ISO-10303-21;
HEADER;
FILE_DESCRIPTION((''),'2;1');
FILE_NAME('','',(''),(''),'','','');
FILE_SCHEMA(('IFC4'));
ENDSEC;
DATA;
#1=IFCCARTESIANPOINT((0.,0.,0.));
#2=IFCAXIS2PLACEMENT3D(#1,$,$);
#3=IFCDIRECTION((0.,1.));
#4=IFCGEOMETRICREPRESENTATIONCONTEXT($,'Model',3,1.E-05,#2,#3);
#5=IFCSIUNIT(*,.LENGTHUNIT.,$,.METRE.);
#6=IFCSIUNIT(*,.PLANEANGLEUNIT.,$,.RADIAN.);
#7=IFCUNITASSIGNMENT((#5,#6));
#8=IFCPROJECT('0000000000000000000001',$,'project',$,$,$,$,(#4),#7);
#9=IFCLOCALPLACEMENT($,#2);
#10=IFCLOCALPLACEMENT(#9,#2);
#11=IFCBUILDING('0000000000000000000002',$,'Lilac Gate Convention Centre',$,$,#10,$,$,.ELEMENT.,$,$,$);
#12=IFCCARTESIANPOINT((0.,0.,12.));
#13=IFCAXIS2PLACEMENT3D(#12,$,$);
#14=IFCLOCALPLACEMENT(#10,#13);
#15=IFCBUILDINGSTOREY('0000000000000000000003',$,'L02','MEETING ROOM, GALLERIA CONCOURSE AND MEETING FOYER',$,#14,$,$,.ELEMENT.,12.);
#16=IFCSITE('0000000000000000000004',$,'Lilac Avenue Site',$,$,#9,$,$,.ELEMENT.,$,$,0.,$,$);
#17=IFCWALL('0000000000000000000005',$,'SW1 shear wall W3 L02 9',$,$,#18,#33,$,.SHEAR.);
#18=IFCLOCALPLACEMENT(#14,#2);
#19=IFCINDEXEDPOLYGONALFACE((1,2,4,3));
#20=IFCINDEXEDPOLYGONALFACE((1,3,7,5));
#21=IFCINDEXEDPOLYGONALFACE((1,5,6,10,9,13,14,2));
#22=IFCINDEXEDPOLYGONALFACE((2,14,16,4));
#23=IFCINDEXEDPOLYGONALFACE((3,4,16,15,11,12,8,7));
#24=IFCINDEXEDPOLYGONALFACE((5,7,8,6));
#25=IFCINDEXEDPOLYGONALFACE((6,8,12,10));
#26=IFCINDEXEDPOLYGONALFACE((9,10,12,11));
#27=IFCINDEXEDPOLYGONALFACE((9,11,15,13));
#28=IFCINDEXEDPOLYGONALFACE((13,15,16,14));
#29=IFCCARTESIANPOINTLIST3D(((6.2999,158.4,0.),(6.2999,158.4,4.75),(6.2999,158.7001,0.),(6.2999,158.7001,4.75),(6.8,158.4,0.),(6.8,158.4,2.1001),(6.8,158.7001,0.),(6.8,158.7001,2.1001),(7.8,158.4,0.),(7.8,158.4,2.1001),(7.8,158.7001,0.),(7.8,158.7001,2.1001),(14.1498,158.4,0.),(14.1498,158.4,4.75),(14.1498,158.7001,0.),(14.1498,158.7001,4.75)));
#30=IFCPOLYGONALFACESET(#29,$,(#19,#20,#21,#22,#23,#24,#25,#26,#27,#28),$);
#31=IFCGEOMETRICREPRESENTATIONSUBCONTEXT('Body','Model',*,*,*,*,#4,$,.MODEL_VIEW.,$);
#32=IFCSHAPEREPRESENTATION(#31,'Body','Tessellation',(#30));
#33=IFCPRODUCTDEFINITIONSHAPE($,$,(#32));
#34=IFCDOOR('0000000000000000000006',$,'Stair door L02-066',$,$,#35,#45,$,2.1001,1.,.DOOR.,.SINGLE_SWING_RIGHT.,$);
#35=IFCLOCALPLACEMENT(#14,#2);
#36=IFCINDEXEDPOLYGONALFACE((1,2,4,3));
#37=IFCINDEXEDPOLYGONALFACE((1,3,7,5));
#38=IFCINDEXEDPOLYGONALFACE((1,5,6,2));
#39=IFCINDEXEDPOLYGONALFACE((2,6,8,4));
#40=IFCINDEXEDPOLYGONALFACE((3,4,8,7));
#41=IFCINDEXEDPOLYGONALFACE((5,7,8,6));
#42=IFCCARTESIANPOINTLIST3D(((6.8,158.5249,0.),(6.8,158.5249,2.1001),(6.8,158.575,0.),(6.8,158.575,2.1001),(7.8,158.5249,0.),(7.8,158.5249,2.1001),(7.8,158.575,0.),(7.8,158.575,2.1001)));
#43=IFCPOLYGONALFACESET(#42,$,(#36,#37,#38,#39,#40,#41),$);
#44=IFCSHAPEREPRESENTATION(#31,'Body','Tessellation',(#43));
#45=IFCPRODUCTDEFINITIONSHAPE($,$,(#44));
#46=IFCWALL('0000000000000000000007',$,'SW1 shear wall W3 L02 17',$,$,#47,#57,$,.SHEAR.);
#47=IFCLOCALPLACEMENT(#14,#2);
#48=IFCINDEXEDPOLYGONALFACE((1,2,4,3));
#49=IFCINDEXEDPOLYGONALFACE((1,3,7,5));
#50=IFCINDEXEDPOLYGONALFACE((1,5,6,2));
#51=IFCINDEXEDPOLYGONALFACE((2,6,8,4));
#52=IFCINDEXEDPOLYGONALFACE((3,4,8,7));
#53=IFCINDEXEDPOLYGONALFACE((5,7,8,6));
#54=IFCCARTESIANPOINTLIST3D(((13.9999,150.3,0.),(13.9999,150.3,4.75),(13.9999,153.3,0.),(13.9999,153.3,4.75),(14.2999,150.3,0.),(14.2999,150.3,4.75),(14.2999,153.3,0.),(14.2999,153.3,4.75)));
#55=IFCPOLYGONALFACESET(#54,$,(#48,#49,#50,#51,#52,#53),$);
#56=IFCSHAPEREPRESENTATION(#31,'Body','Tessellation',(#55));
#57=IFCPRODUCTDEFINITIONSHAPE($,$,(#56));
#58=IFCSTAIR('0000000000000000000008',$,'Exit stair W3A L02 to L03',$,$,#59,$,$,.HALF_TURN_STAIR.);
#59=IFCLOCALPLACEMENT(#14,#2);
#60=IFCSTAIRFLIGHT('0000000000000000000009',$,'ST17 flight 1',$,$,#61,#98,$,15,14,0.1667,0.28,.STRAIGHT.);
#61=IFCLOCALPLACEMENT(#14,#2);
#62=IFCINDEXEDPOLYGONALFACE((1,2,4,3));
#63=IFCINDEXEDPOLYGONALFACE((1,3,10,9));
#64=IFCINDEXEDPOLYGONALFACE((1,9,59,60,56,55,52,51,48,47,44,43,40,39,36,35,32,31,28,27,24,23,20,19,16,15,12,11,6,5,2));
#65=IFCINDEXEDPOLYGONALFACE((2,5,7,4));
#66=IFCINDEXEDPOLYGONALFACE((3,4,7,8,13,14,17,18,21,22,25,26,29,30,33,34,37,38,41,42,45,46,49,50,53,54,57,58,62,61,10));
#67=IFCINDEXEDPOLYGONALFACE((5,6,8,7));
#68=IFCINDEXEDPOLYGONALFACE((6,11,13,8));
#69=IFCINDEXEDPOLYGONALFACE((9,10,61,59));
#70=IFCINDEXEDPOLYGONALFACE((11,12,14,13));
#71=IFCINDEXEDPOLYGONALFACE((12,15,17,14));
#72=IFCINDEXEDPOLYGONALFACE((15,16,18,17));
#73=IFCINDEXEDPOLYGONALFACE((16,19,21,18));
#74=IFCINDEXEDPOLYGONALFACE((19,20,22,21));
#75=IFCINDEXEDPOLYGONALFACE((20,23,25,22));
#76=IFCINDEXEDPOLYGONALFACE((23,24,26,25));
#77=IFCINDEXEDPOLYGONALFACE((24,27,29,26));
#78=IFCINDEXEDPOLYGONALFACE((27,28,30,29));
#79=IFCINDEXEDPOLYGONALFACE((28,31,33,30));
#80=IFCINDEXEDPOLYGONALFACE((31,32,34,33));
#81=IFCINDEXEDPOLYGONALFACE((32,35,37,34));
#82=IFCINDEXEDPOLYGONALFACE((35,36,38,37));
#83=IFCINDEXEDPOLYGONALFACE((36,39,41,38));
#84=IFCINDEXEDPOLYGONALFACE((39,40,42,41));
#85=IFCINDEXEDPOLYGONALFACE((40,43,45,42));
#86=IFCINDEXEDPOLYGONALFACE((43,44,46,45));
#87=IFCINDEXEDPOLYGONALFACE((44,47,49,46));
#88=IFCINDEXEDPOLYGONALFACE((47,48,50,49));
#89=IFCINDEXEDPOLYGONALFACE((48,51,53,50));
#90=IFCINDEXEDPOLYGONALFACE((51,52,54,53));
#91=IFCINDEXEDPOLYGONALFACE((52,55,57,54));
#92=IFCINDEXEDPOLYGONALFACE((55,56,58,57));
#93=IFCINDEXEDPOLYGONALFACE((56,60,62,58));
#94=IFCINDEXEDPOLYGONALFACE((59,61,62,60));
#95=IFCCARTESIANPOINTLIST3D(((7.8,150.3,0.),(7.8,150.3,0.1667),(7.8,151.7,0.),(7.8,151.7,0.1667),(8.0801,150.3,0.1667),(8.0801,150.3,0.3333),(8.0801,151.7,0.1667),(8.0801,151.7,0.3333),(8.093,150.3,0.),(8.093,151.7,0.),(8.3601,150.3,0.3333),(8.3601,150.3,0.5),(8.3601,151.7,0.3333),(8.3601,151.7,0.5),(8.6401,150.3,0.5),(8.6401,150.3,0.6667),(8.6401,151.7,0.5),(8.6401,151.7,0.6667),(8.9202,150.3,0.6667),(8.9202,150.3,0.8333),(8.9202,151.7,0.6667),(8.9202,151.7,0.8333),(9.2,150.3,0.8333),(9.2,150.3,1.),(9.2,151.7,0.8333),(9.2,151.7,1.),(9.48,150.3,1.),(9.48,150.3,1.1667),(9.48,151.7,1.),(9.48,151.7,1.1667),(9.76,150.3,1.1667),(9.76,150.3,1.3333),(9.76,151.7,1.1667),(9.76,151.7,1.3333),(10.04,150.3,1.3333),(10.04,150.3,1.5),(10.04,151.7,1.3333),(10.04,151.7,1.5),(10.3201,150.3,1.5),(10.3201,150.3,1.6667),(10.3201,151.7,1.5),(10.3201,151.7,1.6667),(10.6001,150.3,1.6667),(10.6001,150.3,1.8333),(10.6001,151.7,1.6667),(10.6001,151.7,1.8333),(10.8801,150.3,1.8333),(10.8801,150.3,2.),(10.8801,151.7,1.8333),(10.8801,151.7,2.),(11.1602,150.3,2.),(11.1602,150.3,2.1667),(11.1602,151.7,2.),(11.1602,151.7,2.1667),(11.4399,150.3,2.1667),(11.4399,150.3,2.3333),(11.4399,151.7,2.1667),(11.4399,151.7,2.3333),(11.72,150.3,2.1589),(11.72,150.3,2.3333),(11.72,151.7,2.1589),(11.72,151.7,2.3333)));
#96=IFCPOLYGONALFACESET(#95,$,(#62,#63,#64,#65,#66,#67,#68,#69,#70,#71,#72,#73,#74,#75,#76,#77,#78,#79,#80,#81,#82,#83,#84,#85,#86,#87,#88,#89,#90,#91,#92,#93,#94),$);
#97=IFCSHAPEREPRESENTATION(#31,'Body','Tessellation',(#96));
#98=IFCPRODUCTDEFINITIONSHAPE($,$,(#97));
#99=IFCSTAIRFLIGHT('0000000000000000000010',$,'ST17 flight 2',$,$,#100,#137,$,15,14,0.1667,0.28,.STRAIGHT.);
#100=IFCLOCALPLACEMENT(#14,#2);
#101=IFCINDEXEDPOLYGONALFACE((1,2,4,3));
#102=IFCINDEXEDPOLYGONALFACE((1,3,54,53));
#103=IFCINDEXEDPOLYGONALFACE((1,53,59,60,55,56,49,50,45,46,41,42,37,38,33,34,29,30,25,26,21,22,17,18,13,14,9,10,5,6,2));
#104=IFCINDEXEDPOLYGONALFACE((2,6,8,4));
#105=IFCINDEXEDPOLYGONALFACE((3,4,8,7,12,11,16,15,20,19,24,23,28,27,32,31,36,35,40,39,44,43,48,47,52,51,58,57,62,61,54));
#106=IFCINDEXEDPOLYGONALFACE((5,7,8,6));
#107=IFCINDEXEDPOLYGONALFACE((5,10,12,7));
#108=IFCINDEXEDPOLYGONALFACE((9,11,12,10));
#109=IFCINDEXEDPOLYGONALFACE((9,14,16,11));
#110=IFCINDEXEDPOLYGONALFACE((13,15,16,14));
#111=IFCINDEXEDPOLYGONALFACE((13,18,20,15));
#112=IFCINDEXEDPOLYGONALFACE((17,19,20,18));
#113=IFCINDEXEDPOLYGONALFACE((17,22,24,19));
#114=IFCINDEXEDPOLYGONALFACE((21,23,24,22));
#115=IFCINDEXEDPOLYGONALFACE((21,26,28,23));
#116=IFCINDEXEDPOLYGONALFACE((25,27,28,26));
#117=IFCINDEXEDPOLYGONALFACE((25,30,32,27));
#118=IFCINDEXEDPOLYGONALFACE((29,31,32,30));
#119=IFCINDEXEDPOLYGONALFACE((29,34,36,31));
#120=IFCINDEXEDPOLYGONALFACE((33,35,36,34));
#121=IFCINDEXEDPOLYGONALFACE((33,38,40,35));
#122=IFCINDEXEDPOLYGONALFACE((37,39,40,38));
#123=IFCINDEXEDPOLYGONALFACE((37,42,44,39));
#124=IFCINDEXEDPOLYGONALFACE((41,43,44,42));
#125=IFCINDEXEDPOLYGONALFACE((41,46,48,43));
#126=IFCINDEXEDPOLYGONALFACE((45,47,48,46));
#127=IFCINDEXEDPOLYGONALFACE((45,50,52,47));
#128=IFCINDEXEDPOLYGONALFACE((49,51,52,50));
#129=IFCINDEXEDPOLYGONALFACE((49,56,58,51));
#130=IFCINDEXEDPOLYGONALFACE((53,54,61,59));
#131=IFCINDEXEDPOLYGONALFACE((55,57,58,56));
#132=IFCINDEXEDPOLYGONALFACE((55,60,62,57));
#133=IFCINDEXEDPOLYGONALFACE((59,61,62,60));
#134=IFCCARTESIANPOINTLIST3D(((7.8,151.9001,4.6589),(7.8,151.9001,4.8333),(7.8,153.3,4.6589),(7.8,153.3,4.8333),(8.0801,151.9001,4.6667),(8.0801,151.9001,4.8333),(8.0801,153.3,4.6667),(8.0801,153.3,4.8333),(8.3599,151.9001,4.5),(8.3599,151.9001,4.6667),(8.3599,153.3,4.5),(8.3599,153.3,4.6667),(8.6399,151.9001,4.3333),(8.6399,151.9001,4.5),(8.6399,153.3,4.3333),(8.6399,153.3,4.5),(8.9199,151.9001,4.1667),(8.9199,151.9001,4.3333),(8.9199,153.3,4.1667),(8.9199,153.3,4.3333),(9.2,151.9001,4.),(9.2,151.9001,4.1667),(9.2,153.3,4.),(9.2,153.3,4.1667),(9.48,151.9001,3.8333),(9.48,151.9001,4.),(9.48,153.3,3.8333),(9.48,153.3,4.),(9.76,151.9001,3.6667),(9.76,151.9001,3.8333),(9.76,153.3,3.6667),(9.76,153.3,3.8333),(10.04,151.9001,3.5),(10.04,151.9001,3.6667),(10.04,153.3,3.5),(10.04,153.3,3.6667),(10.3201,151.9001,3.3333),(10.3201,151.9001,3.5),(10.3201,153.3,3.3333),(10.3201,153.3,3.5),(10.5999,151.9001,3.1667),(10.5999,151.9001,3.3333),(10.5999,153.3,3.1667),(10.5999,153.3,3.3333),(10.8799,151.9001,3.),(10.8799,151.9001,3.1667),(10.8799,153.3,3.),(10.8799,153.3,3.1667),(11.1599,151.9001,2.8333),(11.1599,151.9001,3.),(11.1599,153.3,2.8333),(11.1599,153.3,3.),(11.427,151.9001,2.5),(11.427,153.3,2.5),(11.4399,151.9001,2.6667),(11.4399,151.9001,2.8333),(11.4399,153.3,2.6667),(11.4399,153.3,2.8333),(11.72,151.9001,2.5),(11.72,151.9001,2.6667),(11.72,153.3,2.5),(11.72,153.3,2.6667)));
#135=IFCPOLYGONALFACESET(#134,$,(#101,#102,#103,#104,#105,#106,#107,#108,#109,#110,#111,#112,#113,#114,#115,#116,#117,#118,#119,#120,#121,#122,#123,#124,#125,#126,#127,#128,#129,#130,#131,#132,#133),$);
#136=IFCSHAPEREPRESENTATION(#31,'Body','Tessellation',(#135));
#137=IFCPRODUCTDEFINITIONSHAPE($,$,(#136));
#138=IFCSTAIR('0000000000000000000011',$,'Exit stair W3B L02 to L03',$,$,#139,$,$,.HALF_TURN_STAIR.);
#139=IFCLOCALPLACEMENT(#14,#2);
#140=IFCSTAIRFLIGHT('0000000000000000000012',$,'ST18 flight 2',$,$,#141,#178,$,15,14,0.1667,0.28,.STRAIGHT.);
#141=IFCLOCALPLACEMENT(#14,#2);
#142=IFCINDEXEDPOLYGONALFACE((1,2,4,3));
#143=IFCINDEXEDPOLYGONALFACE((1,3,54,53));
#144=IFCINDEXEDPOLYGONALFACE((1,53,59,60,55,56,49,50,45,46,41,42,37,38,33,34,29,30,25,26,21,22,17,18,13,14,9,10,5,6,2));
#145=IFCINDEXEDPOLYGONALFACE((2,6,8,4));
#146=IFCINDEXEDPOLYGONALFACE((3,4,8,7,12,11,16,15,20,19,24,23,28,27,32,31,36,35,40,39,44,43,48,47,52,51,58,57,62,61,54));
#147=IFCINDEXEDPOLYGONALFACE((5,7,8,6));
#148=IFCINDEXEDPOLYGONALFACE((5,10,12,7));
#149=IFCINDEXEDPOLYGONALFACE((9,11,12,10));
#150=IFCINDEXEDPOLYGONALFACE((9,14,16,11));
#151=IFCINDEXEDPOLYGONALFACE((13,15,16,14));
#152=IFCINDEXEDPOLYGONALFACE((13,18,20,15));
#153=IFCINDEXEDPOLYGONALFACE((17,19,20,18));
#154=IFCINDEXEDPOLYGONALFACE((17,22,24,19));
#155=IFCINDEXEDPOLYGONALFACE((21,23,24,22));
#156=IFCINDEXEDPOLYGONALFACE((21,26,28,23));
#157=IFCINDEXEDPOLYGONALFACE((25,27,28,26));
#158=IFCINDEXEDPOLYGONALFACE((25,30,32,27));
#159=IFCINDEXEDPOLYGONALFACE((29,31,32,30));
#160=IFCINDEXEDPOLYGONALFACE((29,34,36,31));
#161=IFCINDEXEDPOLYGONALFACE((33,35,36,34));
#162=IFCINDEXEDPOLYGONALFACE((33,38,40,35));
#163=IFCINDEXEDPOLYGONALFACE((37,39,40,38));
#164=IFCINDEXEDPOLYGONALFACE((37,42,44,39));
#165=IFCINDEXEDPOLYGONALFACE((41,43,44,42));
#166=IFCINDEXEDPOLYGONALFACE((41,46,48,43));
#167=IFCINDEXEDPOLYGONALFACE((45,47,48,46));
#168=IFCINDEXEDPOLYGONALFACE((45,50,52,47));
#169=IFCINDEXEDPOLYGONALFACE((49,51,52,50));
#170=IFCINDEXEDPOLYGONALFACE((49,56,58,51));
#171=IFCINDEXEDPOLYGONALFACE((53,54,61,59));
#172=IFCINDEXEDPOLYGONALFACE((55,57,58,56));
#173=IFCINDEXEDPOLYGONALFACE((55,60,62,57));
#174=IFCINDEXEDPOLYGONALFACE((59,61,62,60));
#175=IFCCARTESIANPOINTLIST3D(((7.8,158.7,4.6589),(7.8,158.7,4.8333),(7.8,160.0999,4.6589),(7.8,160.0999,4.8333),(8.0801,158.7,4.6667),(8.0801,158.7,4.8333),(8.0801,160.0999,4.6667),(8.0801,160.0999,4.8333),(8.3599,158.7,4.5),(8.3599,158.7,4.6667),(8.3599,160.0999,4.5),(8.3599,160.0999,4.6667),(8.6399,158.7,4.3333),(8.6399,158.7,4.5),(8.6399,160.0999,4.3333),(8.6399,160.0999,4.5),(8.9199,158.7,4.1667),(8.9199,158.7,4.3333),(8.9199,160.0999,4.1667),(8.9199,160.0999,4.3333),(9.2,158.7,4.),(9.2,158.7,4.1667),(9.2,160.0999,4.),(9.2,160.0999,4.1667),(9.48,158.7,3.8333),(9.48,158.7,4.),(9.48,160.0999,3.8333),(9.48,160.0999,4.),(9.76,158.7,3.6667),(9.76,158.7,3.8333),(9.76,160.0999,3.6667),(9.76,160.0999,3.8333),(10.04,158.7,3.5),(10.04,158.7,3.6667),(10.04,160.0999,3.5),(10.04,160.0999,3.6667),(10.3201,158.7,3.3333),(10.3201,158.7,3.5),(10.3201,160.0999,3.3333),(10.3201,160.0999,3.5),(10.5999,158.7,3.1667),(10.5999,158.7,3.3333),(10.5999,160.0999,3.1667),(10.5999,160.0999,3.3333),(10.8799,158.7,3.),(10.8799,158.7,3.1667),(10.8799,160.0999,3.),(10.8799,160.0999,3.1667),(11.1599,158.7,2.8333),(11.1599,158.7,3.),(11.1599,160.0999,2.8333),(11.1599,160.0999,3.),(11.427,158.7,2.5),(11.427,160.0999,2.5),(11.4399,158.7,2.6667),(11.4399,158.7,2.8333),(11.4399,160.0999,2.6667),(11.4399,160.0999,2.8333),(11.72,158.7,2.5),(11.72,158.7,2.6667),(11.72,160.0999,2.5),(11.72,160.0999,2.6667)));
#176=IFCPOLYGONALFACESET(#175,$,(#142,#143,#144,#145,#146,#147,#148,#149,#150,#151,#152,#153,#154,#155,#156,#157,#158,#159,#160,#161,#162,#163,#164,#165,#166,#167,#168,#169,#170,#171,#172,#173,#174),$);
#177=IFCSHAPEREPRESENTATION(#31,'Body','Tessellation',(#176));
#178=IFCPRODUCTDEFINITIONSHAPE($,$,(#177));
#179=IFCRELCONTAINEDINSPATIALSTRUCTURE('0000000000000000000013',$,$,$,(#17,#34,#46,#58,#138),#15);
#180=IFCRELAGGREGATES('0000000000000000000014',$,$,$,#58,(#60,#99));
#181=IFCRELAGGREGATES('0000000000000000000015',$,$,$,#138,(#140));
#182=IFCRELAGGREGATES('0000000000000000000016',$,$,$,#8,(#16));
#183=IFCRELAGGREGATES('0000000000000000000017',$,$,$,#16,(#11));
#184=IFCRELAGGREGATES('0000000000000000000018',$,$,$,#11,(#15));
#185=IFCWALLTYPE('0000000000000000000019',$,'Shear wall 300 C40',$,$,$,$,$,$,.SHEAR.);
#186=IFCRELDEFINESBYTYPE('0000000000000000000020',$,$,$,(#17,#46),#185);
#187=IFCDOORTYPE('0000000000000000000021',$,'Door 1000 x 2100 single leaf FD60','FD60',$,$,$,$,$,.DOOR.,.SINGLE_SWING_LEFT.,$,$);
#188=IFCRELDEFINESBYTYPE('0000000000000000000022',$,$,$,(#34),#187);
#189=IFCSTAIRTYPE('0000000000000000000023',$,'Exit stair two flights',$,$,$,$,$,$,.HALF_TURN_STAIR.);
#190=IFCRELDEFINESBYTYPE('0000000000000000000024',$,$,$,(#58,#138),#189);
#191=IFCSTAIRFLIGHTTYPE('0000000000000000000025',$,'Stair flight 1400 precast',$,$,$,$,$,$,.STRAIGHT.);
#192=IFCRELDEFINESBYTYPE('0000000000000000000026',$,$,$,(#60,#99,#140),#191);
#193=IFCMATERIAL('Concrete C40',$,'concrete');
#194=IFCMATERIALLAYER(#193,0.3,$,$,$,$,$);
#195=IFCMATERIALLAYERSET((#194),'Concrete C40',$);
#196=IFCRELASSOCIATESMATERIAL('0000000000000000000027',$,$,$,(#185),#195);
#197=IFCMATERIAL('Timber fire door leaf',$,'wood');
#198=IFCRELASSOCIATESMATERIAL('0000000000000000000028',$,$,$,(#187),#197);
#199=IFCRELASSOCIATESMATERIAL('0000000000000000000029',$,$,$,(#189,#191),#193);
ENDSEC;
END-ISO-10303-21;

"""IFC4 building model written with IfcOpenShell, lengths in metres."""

from ifc_helpers import new_model, si_unit, direction, frame, frame_2d, origin, place, context, subcontext, project, spatial, polyline, rectangle, outline, extrude, material, layer, layer_set, type_object, element, fill, aggregate, save


model = new_model("IFC4")

# Units and contexts
model_context = context("Model", 3, precision=1e-05, world=origin(), true_north=direction((0.0, 1.0)))
body_context = subcontext(model_context, "Body", "Model", "MODEL_VIEW")
ifc_project = project(units=[si_unit("LENGTHUNIT", "METRE"), si_unit("PLANEANGLEUNIT", "RADIAN")], contexts=[model_context])

# Site, building, storey
site_placement = place(None, origin())
site = spatial("IfcSite", under=ifc_project, at=site_placement, Name="Lilac Avenue Site", CompositionType="ELEMENT", RefElevation=0.0)
building_placement = place(site_placement, origin())
building = spatial("IfcBuilding", under=site, at=building_placement, Name="Lilac Gate Convention Centre", CompositionType="ELEMENT")
storey_placement = place(building_placement, frame((0.0, 0.0, 12.0)))
storey = spatial("IfcBuildingStorey", under=building, at=storey_placement, Name="L02", Description="MEETING ROOM, GALLERIA CONCOURSE AND MEETING FOYER", CompositionType="ELEMENT", Elevation=12.0)

# Shared definitions
ifc_material_1 = material(Name="Timber fire door leaf", Category="wood")

# Shared definitions
ifc_material_2 = material(Name="Concrete C40", Category="concrete")
ifc_layer_1 = layer(ifc_material_2, 0.3)
ifc_layer_set_1 = layer_set([ifc_layer_1], Name="Concrete C40")
wall_type_1 = type_object("IfcWallType", Name="Shear wall 300 C40", PredefinedType="SHEAR", material=ifc_layer_set_1)

# Wall, opening, door
door_type_1 = type_object("IfcDoorType", Name="Door 1000 x 2100 single leaf FD60", Description="FD60", OperationType="SINGLE_SWING_LEFT", PredefinedType="DOOR", material=ifc_material_1)
wall_1_placement = place(storey_placement, frame((6.3, 158.55, 0.0), z_axis=(0.0, 0.0, 1.0), x_axis=(1.0, 0.0, 0.0)))
wall_1 = element("IfcWall", 1, at=wall_1_placement, inside=storey, type_object=wall_type_1, Name="SW1 shear wall W3 L02 9", PredefinedType="SHEAR", context=body_context, shape_type="SweptSolid", body=[
    extrude(rectangle(XDim=7.8499, YDim=0.3, at=frame_2d((3.9248, 0.0))), origin(), (0.0, 0.0, 1.0), 4.75),
])
opening_1_placement = place(wall_1_placement, frame((0.5, 0.0, 0.0)))
opening_1 = element("IfcOpeningElement", 2, at=opening_1_placement, cuts=wall_1, PredefinedType="OPENING", context=body_context, shape_type="SweptSolid", body=[
    extrude(rectangle(XDim=1.0, YDim=2.1001, at=frame_2d((0.5, 1.05))), frame((0.0, 0.1599, 0.0), z_axis=(0.0, -1.0, 0.0), x_axis=(1.0, 0.0, 0.0)), (0.0, 0.0, 1.0), 0.3201),
])
door_1_placement = place(opening_1_placement, origin())
door_1 = element("IfcDoor", 3, at=door_1_placement, inside=storey, type_object=door_type_1, Name="Stair door L02-066", OperationType="SINGLE_SWING_RIGHT", OverallHeight=2.1001, OverallWidth=1.0, PredefinedType="DOOR", context=body_context, shape_type="SweptSolid", body=[
    extrude(rectangle(XDim=1.0, YDim=2.1001, at=frame_2d((0.5, 1.05))), frame((0.0, 0.0249, 0.0), z_axis=(0.0, -1.0, 0.0), x_axis=(1.0, 0.0, 0.0)), (0.0, 0.0, 1.0), 0.05),
])
fill(opening_1, door_1)

# Wall
wall_2_placement = place(storey_placement, frame((14.1499, 150.3, 0.0), z_axis=(0.0, 0.0, 1.0), x_axis=(0.0, 1.0, 0.0)))
element("IfcWall", 4, at=wall_2_placement, inside=storey, type_object=wall_type_1, Name="SW1 shear wall W3 L02 17", PredefinedType="SHEAR", context=body_context, shape_type="SweptSolid", body=[
    extrude(rectangle(XDim=3.0, YDim=0.3, at=frame_2d((1.5, 0.0))), origin(), (0.0, 0.0, 1.0), 4.75),
])

# Stair, stair flights
stair_type = type_object("IfcStairType", Name="Exit stair two flights", PredefinedType="HALF_TURN_STAIR", material=ifc_material_2)
stair_1_placement = place(storey_placement, origin())
stair_1 = element("IfcStair", 5, at=stair_1_placement, inside=storey, type_object=stair_type, Name="Exit stair W3A L02 to L03", PredefinedType="HALF_TURN_STAIR")
stair_flight_type = type_object("IfcStairFlightType", Name="Stair flight 1400 precast", PredefinedType="STRAIGHT", material=ifc_material_2)
stair_flight_1_placement = place(storey_placement, frame((7.8, 151.0, 0.0), z_axis=(0.0, 0.0, 1.0), x_axis=(1.0, 0.0, 0.0)))
stair_flight_1 = element("IfcStairFlight", 6, at=stair_flight_1_placement, type_object=stair_flight_type, Name="ST17 flight 1", NumberOfRisers=15, NumberOfTreads=14, PredefinedType="STRAIGHT", RiserHeight=0.1667, TreadLength=0.28, context=body_context, shape_type="SweptSolid", body=[
    extrude(outline(polyline([(0.0, 0.0), (0.0, 0.1667), (0.28, 0.1667), (0.28, 0.3333), (0.5601, 0.3333), (0.5601, 0.5), (0.8401, 0.5), (0.8401, 0.6667), (1.1201, 0.6667), (1.1201, 0.8333), (1.3999, 0.8333), (1.3999, 1.0), (1.6799, 1.0), (1.6799, 1.1667), (1.96, 1.1667), (1.96, 1.3333), (2.24, 1.3333), (2.24, 1.5), (2.52, 1.5), (2.52, 1.6667), (2.8, 1.6667), (2.8, 1.8333), (3.0801, 1.8333), (3.0801, 2.0), (3.3601, 2.0), (3.3601, 2.1667), (3.6399, 2.1667), (3.6399, 2.3333), (3.9199, 2.3333), (3.9199, 2.5), (3.9199, 2.1589), (0.293, 0.0), (0.0, 0.0)])), frame((0.0, 0.7, 0.0), z_axis=(0.0, -1.0, 0.0), x_axis=(1.0, 0.0, 0.0)), (0.0, 0.0, 1.0), 1.3999),
])
stair_flight_2_placement = place(storey_placement, frame((11.72, 152.6001, 2.5), z_axis=(0.0, 0.0, 1.0), x_axis=(-1.0, 0.0, 0.0)))
stair_flight_2 = element("IfcStairFlight", 7, at=stair_flight_2_placement, type_object=stair_flight_type, Name="ST17 flight 2", NumberOfRisers=15, NumberOfTreads=14, PredefinedType="STRAIGHT", RiserHeight=0.1667, TreadLength=0.28, context=body_context, shape_type="SweptSolid", body=[
    extrude(outline(polyline([(0.0, 0.0), (0.0, 0.1667), (0.28, 0.1667), (0.28, 0.3333), (0.5601, 0.3333), (0.5601, 0.5), (0.8401, 0.5), (0.8401, 0.6667), (1.1201, 0.6667), (1.1201, 0.8333), (1.3999, 0.8333), (1.3999, 1.0), (1.6799, 1.0), (1.6799, 1.1667), (1.96, 1.1667), (1.96, 1.3333), (2.24, 1.3333), (2.24, 1.5), (2.52, 1.5), (2.52, 1.6667), (2.8, 1.6667), (2.8, 1.8333), (3.0801, 1.8333), (3.0801, 2.0), (3.3601, 2.0), (3.3601, 2.1667), (3.6399, 2.1667), (3.6399, 2.3333), (3.9199, 2.3333), (3.9199, 2.5), (3.9199, 2.1589), (0.293, 0.0), (0.0, 0.0)])), frame((0.0, 0.7, 0.0), z_axis=(0.0, -1.0, 0.0), x_axis=(1.0, 0.0, 0.0)), (0.0, 0.0, 1.0), 1.3999),
])
aggregate(stair_1, [stair_flight_1, stair_flight_2])

# Stair, stair flight
stair_2_placement = place(storey_placement, origin())
stair_2 = element("IfcStair", 8, at=stair_2_placement, inside=storey, type_object=stair_type, Name="Exit stair W3B L02 to L03", PredefinedType="HALF_TURN_STAIR")
stair_flight_3_placement = place(storey_placement, frame((11.72, 159.3999, 2.5), z_axis=(0.0, 0.0, 1.0), x_axis=(-1.0, 0.0, 0.0)))
stair_flight_3 = element("IfcStairFlight", 9, at=stair_flight_3_placement, type_object=stair_flight_type, Name="ST18 flight 2", NumberOfRisers=15, NumberOfTreads=14, PredefinedType="STRAIGHT", RiserHeight=0.1667, TreadLength=0.28, context=body_context, shape_type="SweptSolid", body=[
    extrude(outline(polyline([(0.0, 0.0), (0.0, 0.1667), (0.28, 0.1667), (0.28, 0.3333), (0.5601, 0.3333), (0.5601, 0.5), (0.8401, 0.5), (0.8401, 0.6667), (1.1201, 0.6667), (1.1201, 0.8333), (1.3999, 0.8333), (1.3999, 1.0), (1.6799, 1.0), (1.6799, 1.1667), (1.96, 1.1667), (1.96, 1.3333), (2.24, 1.3333), (2.24, 1.5), (2.52, 1.5), (2.52, 1.6667), (2.8, 1.6667), (2.8, 1.8333), (3.0801, 1.8333), (3.0801, 2.0), (3.3601, 2.0), (3.3601, 2.1667), (3.6399, 2.1667), (3.6399, 2.3333), (3.9199, 2.3333), (3.9199, 2.5), (3.9199, 2.1589), (0.293, 0.0), (0.0, 0.0)])), frame((0.0, 0.7, 0.0), z_axis=(0.0, -1.0, 0.0), x_axis=(1.0, 0.0, 0.0)), (0.0, 0.0, 1.0), 1.3999),
])
aggregate(stair_2, [stair_flight_3])

save(model, "model.ifc")
